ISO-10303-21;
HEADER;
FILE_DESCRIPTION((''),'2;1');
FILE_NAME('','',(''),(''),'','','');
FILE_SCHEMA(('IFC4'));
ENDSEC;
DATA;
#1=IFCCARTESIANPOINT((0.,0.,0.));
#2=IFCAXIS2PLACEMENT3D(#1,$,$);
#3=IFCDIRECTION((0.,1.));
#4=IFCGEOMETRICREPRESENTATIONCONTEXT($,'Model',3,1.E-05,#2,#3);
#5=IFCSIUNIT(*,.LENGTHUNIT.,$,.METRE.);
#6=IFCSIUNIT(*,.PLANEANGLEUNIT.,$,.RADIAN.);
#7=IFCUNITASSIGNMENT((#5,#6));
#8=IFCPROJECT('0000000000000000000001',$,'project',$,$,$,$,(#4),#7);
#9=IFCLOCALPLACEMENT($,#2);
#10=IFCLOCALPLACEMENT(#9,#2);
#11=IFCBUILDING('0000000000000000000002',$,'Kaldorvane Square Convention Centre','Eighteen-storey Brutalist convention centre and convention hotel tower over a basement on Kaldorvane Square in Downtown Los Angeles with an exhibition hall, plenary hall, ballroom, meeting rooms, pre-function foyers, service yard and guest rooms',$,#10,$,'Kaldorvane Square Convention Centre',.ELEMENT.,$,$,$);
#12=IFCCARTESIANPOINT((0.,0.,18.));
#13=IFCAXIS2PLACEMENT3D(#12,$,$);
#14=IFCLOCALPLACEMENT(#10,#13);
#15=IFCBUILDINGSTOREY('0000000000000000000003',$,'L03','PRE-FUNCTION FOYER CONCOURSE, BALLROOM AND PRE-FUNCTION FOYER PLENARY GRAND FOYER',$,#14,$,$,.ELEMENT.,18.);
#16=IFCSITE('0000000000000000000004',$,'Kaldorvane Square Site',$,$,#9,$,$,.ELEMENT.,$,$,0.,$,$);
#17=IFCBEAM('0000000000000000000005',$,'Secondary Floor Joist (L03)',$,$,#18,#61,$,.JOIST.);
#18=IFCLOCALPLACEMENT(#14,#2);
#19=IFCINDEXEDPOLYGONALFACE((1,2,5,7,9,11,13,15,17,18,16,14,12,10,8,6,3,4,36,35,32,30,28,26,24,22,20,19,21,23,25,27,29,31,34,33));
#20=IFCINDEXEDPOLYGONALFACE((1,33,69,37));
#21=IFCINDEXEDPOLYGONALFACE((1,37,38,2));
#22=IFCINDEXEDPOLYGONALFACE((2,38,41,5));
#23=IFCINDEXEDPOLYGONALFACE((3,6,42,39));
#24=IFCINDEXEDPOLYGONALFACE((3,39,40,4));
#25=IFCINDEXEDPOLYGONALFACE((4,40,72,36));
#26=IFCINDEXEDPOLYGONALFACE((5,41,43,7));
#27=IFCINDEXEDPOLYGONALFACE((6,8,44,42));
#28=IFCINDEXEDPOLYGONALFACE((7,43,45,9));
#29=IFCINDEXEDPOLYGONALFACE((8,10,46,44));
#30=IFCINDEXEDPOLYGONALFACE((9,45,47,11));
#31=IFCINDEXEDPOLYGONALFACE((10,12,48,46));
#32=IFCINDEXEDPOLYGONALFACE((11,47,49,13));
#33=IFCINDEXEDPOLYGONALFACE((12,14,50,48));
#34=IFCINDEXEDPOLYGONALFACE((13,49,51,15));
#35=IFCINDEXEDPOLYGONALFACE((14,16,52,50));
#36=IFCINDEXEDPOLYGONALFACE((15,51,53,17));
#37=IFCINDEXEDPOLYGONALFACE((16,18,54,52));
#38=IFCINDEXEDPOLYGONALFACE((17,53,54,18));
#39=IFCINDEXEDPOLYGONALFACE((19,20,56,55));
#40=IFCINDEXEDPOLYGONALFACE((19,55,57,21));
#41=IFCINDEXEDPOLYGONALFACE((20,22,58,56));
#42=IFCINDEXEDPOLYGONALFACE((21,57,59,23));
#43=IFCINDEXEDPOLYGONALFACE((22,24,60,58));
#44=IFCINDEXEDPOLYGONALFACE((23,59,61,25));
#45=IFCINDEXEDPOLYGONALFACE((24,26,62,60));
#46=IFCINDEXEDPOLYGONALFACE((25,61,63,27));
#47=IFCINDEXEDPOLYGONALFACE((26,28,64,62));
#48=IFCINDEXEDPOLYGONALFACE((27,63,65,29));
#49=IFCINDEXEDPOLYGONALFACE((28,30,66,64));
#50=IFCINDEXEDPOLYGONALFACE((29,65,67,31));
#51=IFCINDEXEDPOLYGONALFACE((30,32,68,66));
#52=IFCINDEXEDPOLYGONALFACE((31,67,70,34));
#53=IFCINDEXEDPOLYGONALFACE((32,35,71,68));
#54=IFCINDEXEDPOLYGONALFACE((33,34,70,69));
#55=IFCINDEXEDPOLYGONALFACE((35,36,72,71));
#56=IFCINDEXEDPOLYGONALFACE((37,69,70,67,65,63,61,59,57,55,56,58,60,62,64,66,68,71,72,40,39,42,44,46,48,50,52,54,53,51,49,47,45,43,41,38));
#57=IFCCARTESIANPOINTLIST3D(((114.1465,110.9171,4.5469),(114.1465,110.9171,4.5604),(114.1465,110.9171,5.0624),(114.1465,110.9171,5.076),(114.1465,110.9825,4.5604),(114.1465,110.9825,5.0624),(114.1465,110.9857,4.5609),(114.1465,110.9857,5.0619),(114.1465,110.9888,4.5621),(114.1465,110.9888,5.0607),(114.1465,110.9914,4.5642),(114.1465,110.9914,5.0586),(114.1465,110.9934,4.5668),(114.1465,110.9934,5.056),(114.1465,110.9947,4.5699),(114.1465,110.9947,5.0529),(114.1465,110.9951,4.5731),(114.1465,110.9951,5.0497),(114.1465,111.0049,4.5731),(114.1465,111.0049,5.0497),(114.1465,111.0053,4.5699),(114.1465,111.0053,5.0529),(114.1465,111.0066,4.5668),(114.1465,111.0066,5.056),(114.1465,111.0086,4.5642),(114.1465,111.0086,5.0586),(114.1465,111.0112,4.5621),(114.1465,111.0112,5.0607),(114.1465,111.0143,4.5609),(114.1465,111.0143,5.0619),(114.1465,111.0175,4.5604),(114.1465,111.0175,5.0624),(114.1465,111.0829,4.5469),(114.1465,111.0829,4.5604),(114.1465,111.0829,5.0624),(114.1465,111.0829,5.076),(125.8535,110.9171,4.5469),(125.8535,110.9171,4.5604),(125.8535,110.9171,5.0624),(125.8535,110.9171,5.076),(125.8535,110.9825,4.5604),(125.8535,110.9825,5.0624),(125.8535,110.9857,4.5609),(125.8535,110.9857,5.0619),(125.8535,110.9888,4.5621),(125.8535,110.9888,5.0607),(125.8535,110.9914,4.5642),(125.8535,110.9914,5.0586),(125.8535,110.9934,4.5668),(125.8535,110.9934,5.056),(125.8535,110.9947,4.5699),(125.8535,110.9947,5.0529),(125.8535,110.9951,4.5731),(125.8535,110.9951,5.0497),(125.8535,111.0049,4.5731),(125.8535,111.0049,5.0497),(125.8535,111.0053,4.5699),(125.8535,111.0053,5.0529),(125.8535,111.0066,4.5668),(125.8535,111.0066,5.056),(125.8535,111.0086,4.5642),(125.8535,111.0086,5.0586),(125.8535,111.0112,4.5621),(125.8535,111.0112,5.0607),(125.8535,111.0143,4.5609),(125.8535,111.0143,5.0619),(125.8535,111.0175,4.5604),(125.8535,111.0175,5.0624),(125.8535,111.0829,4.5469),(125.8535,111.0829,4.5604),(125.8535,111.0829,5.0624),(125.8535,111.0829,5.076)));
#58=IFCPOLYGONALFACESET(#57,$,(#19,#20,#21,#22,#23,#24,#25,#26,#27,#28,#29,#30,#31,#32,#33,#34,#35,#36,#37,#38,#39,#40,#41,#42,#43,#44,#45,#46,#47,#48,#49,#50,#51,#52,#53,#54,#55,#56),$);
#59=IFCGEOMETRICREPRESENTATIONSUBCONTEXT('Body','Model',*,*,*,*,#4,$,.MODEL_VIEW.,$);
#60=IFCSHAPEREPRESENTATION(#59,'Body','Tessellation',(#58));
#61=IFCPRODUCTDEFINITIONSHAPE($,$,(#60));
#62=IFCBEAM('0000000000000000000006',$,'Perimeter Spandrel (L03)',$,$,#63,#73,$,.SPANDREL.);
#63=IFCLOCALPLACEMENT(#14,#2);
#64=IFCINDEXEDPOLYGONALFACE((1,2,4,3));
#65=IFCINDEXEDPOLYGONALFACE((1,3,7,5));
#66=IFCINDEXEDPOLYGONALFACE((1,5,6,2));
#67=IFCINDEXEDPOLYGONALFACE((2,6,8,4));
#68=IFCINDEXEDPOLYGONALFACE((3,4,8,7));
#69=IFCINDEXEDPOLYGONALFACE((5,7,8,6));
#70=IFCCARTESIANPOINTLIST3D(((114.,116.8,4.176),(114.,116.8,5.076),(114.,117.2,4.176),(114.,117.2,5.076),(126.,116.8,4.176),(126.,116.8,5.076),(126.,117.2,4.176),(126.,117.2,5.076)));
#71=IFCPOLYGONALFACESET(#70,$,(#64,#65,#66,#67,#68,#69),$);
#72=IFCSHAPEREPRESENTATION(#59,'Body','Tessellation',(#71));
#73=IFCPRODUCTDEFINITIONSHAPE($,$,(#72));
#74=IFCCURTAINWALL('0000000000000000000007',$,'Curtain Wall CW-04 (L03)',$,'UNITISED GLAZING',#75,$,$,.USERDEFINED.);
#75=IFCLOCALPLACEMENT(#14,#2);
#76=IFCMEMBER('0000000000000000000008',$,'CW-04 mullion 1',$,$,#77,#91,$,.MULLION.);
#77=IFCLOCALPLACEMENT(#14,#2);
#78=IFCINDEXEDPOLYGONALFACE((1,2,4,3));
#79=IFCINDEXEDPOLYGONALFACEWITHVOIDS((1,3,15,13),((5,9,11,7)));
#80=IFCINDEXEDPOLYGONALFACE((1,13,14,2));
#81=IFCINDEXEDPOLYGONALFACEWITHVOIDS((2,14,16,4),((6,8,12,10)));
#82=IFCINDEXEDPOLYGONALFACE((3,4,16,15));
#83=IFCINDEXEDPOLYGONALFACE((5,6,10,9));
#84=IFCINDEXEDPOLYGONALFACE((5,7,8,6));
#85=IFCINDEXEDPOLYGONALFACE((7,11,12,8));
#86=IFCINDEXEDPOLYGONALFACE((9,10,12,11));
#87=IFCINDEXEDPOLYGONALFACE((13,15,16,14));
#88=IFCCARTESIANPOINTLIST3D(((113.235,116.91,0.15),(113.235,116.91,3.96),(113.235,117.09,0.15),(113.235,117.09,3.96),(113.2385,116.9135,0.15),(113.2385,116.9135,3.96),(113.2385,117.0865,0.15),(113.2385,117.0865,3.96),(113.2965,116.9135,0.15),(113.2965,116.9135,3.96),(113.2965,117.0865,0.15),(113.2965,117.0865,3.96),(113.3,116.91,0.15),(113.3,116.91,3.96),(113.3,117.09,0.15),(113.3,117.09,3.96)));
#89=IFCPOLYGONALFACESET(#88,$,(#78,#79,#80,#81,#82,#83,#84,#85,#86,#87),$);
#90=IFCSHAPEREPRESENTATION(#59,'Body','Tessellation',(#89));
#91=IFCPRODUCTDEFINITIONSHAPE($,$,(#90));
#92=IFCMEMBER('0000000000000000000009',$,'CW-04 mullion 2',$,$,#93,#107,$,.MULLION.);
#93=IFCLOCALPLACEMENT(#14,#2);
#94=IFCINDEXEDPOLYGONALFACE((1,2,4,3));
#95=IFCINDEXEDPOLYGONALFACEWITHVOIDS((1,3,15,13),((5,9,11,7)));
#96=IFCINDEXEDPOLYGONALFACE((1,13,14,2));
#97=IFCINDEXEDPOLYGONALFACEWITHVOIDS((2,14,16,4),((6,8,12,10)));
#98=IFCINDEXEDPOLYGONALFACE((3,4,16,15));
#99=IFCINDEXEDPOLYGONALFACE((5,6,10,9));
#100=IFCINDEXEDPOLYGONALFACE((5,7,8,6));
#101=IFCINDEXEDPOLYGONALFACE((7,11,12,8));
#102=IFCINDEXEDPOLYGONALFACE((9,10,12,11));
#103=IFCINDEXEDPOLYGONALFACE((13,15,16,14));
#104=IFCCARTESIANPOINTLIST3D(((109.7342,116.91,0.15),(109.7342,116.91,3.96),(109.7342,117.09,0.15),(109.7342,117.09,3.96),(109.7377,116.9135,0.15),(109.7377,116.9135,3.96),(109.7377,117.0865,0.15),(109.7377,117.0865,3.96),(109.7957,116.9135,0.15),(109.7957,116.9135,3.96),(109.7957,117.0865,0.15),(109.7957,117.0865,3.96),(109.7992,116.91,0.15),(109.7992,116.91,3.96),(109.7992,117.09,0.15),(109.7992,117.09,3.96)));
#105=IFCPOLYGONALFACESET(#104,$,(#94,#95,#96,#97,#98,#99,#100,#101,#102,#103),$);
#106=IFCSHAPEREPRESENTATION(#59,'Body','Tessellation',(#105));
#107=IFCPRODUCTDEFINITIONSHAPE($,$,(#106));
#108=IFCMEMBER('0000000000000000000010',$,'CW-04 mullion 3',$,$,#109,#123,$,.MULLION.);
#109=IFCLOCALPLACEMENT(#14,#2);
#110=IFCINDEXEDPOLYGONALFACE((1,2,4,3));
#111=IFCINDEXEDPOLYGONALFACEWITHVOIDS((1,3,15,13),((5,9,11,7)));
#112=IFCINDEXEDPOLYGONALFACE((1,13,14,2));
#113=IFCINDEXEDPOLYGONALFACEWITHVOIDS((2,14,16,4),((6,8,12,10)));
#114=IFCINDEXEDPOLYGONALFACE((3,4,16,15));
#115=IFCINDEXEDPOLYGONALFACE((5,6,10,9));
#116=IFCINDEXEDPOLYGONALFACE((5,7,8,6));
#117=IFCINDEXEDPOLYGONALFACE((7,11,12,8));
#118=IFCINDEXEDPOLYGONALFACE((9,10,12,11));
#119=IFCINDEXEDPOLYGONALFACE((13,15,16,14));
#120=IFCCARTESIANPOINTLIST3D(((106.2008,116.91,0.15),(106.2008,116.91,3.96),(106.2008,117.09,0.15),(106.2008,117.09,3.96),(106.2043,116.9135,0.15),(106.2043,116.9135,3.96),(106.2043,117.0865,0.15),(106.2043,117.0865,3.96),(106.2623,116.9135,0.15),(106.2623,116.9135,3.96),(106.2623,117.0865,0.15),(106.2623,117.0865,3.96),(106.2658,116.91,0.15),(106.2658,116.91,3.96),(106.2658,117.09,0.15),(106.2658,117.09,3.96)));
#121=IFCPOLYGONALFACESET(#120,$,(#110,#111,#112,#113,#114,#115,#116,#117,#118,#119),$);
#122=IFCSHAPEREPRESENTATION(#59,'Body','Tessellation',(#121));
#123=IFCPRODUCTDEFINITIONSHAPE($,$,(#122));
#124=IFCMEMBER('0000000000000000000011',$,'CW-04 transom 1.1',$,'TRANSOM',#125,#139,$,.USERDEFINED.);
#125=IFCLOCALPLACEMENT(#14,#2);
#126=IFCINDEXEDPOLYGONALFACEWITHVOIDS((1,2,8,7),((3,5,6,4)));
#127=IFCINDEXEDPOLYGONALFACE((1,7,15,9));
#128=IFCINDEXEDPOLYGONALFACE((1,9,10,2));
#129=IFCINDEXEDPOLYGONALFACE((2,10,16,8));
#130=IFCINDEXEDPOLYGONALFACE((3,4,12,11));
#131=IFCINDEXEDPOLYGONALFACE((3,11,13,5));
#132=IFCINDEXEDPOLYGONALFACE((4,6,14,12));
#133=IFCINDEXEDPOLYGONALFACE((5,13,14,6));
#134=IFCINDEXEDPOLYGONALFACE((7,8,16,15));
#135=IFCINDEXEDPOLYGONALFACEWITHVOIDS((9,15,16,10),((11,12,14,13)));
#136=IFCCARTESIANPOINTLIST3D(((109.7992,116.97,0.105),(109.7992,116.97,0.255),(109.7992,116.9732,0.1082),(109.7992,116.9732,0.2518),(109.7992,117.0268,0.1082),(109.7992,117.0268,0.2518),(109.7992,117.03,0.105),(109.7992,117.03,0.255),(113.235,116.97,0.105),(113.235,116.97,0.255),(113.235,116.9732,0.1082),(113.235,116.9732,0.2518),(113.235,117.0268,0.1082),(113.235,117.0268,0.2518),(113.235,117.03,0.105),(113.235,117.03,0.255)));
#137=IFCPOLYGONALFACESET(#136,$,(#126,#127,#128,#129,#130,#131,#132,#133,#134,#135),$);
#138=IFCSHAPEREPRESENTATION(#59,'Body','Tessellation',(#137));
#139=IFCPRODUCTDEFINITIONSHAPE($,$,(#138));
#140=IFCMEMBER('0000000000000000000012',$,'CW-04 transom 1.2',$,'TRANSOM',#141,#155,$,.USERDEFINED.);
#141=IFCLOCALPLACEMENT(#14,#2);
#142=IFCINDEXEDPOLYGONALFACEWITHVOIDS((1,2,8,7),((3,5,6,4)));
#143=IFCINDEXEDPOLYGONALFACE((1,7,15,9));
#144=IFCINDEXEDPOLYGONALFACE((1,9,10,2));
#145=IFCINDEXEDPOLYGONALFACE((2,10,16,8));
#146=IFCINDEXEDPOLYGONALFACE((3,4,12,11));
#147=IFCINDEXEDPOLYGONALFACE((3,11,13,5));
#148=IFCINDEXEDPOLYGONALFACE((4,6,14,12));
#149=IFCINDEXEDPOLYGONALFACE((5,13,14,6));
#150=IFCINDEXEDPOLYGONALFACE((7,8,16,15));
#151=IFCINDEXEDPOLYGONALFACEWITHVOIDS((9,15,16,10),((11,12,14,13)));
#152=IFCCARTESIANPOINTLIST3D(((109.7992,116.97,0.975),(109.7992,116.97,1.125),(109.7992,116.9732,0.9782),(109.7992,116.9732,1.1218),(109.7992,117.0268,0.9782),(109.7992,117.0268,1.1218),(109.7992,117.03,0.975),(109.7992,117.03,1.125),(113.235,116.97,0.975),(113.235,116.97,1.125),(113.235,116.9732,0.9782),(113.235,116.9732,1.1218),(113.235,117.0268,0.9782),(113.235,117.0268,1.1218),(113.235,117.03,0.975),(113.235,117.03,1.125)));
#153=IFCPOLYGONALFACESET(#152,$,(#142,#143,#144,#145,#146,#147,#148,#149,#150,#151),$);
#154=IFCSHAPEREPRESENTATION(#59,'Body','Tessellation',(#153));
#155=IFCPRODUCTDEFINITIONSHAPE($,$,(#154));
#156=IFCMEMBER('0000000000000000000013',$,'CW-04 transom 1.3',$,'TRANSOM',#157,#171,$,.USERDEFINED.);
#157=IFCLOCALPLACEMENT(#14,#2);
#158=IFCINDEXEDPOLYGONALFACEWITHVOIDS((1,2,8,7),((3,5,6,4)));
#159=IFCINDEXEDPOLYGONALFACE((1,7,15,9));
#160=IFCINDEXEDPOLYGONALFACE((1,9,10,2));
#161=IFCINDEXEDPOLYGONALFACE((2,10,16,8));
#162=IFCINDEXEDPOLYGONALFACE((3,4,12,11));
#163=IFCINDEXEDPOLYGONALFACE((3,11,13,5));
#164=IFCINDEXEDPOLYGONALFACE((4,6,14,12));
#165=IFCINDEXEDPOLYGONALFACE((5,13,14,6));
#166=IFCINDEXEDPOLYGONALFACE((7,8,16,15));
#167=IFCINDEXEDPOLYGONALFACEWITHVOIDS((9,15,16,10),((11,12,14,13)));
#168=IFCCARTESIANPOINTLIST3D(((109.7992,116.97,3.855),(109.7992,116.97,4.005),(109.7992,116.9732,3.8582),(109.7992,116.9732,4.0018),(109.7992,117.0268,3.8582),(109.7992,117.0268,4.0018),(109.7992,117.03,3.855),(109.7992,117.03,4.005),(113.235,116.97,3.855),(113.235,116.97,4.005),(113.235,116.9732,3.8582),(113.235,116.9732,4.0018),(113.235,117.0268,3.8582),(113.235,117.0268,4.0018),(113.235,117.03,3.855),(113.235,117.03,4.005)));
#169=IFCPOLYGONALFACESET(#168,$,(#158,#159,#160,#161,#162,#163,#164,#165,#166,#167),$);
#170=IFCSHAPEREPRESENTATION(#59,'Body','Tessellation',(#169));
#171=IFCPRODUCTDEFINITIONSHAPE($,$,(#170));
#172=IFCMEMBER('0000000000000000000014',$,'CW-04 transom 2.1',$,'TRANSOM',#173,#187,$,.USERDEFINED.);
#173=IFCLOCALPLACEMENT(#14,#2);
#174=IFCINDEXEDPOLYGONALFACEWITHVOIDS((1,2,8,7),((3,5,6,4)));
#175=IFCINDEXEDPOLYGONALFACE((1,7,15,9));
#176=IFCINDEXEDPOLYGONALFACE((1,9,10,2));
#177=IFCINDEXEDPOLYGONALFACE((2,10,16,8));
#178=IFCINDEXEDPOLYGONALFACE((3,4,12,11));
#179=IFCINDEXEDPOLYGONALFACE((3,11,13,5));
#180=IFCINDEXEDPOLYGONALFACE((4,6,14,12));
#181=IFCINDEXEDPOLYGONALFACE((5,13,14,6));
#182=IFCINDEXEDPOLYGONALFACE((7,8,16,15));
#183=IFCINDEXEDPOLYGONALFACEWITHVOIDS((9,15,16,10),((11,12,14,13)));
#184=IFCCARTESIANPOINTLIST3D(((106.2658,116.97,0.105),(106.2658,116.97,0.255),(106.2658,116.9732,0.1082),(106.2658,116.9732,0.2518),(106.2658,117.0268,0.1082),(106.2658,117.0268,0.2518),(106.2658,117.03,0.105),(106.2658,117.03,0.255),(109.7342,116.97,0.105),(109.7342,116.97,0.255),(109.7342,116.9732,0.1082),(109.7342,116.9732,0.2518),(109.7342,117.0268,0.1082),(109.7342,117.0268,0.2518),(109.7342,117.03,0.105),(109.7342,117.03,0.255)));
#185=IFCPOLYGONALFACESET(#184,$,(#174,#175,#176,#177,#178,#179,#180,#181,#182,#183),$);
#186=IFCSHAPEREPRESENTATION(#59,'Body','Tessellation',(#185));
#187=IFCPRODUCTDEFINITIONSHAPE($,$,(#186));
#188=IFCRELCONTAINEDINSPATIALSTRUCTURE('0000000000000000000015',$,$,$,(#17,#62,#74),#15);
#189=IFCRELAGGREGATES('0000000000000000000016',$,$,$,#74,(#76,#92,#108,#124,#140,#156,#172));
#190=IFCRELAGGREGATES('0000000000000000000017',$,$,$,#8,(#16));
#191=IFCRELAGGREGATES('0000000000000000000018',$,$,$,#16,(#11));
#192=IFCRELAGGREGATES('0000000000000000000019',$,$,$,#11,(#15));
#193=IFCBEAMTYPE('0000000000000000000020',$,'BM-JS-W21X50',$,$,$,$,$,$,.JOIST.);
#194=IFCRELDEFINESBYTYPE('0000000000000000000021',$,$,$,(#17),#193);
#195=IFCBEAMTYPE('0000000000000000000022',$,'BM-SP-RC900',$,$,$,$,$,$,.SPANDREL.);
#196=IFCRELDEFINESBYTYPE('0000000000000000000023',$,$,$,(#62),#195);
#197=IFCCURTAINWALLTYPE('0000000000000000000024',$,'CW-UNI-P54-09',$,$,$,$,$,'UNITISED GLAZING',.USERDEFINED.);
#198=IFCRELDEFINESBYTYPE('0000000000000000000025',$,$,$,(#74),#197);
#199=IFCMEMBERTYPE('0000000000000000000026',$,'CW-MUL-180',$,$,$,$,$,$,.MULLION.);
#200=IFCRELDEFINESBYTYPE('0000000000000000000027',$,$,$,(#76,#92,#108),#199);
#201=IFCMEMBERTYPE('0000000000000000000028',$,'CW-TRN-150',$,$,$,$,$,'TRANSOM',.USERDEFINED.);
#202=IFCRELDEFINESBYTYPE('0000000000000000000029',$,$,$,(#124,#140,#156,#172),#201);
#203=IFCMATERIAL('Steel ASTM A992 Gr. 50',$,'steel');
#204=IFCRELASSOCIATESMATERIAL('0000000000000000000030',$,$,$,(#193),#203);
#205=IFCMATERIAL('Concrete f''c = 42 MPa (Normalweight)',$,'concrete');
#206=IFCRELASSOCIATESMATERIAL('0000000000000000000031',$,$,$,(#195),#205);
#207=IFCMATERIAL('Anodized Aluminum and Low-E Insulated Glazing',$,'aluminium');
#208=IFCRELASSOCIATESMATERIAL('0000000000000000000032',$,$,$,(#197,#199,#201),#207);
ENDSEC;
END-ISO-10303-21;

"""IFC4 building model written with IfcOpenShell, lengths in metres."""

from ifc_helpers import new_model, si_unit, direction, frame, origin, origin_2d, place, context, subcontext, project, spatial, rectangle, hollow_rectangle, i_section, extrude, material, material_profile, profile_set, type_object, element, aggregate, save


model = new_model("IFC4")

# Units and contexts
model_context = context("Model", 3, precision=1e-05, world=origin(), true_north=direction((0.0, 1.0)))
body_context = subcontext(model_context, "Body", "Model", "MODEL_VIEW")
ifc_project = project(units=[si_unit("LENGTHUNIT", "METRE"), si_unit("PLANEANGLEUNIT", "RADIAN")], contexts=[model_context])

# Site, building, storey
site_placement = place(None, origin())
site = spatial("IfcSite", under=ifc_project, at=site_placement, Name="Kaldorvane Square Site", CompositionType="ELEMENT", RefElevation=0.0)
building_placement = place(site_placement, origin())
building = spatial("IfcBuilding", under=site, at=building_placement, Name="Kaldorvane Square Convention Centre", Description="Eighteen-storey Brutalist convention centre and convention hotel tower over a basement on Kaldorvane Square in Downtown Los Angeles with an exhibition hall, plenary hall, ballroom, meeting rooms, pre-function foyers, service yard and guest rooms", LongName="Kaldorvane Square Convention Centre", CompositionType="ELEMENT")
storey_placement = place(building_placement, frame((0.0, 0.0, 18.0)))
storey = spatial("IfcBuildingStorey", under=building, at=storey_placement, Name="L03", Description="PRE-FUNCTION FOYER CONCOURSE, BALLROOM AND PRE-FUNCTION FOYER PLENARY GRAND FOYER", CompositionType="ELEMENT", Elevation=18.0)

# Shared definitions
ifc_material_1 = material(Name="Steel ASTM A992 Gr. 50", Category="steel")

# Beams
ifc_material_profile_1 = material_profile(ifc_material_1, i_section(OverallWidth=0.1659, OverallDepth=0.5291, WebThickness=0.0097, FlangeThickness=0.0136, FilletRadius=0.0127, at=origin_2d()), Name="W21X50")
ifc_profile_set_1 = profile_set([ifc_material_profile_1], Name="Steel ASTM A992 Gr. 50")
beam_type_1 = type_object("IfcBeamType", Name="BM-JS-W21X50", PredefinedType="JOIST", material=ifc_profile_set_1)
beam_1_placement = place(storey_placement, frame((114.1465, 111.0, 4.8114), z_axis=(1.0, 0.0, 0.0), x_axis=(0.0, 1.0, 0.0)))
element("IfcBeam", 1, at=beam_1_placement, inside=storey, type_object=beam_type_1, Name="Secondary Floor Joist (L03)", PredefinedType="JOIST", context=body_context, shape_type="SweptSolid", body=[
    extrude(i_section(OverallWidth=0.1659, OverallDepth=0.5291, WebThickness=0.0097, FlangeThickness=0.0136, FilletRadius=0.0127, at=origin_2d()), origin(), (0.0, 0.0, 1.0), 11.707),
])
ifc_material_2 = material(Name="Concrete f'c = 42 MPa (Normalweight)", Category="concrete")
ifc_material_profile_2 = material_profile(ifc_material_2, rectangle(XDim=0.4, YDim=0.9, at=origin_2d()), Name="RCSP900X400")
ifc_profile_set_2 = profile_set([ifc_material_profile_2], Name="Concrete f'c = 42 MPa (Normalweight)")
beam_type_2 = type_object("IfcBeamType", Name="BM-SP-RC900", PredefinedType="SPANDREL", material=ifc_profile_set_2)
beam_2_placement = place(storey_placement, frame((114.0, 117.0, 4.626), z_axis=(1.0, 0.0, 0.0), x_axis=(0.0, 1.0, 0.0)))
element("IfcBeam", 2, at=beam_2_placement, inside=storey, type_object=beam_type_2, Name="Perimeter Spandrel (L03)", PredefinedType="SPANDREL", context=body_context, shape_type="SweptSolid", body=[
    extrude(rectangle(XDim=0.4, YDim=0.9, at=origin_2d()), origin(), (0.0, 0.0, 1.0), 12.0),
])

# Curtain wall, members
ifc_material_3 = material(Name="Anodized Aluminum and Low-E Insulated Glazing", Category="aluminium")
curtain_wall_type = type_object("IfcCurtainWallType", Name="CW-UNI-P54-09", ElementType="UNITISED GLAZING", PredefinedType="USERDEFINED", material=ifc_material_3)
curtain_wall_placement = place(storey_placement, origin())
curtain_wall = element("IfcCurtainWall", 3, at=curtain_wall_placement, inside=storey, type_object=curtain_wall_type, Name="Curtain Wall CW-04 (L03)", ObjectType="UNITISED GLAZING", PredefinedType="USERDEFINED")
ifc_material_profile_3 = material_profile(ifc_material_3, hollow_rectangle(XDim=0.065, YDim=0.18, WallThickness=0.0035, at=origin_2d()), Name="CWM-180X65")
ifc_profile_set_3 = profile_set([ifc_material_profile_3], Name="Anodized Aluminum and Low-E Insulated Glazing")
member_type_1 = type_object("IfcMemberType", Name="CW-MUL-180", PredefinedType="MULLION", material=ifc_profile_set_3)
member_1_placement = place(storey_placement, frame((113.2675, 117.0, 0.15), z_axis=(0.0, 0.0, 1.0), x_axis=(-1.0, 0.0, 0.0)))
member_1 = element("IfcMember", 4, at=member_1_placement, type_object=member_type_1, Name="CW-04 mullion 1", PredefinedType="MULLION", context=body_context, shape_type="SweptSolid", body=[
    extrude(hollow_rectangle(XDim=0.065, YDim=0.18, WallThickness=0.0035, at=origin_2d()), origin(), (0.0, 0.0, 1.0), 3.81),
])
member_2_placement = place(storey_placement, frame((109.7667, 117.0, 0.15), z_axis=(0.0, 0.0, 1.0), x_axis=(-1.0, 0.0, 0.0)))
member_2 = element("IfcMember", 5, at=member_2_placement, type_object=member_type_1, Name="CW-04 mullion 2", PredefinedType="MULLION", context=body_context, shape_type="SweptSolid", body=[
    extrude(hollow_rectangle(XDim=0.065, YDim=0.18, WallThickness=0.0035, at=origin_2d()), origin(), (0.0, 0.0, 1.0), 3.81),
])
member_3_placement = place(storey_placement, frame((106.2333, 117.0, 0.15), z_axis=(0.0, 0.0, 1.0), x_axis=(-1.0, 0.0, 0.0)))
member_3 = element("IfcMember", 6, at=member_3_placement, type_object=member_type_1, Name="CW-04 mullion 3", PredefinedType="MULLION", context=body_context, shape_type="SweptSolid", body=[
    extrude(hollow_rectangle(XDim=0.065, YDim=0.18, WallThickness=0.0035, at=origin_2d()), origin(), (0.0, 0.0, 1.0), 3.81),
])
ifc_material_profile_4 = material_profile(ifc_material_3, hollow_rectangle(XDim=0.06, YDim=0.15, WallThickness=0.0032, at=origin_2d()), Name="CWT-150X60")
ifc_profile_set_4 = profile_set([ifc_material_profile_4], Name="Anodized Aluminum and Low-E Insulated Glazing")
member_type_2 = type_object("IfcMemberType", Name="CW-TRN-150", ElementType="TRANSOM", PredefinedType="USERDEFINED", material=ifc_profile_set_4)
member_4_placement = place(storey_placement, frame((113.235, 117.0, 0.18), z_axis=(-1.0, 0.0, 0.0), x_axis=(0.0, -1.0, 0.0)))
member_4 = element("IfcMember", 7, at=member_4_placement, type_object=member_type_2, Name="CW-04 transom 1.1", ObjectType="TRANSOM", PredefinedType="USERDEFINED", context=body_context, shape_type="SweptSolid", body=[
    extrude(hollow_rectangle(XDim=0.06, YDim=0.15, WallThickness=0.0032, at=origin_2d()), origin(), (0.0, 0.0, 1.0), 3.4358),
])
member_5_placement = place(storey_placement, frame((113.235, 117.0, 1.05), z_axis=(-1.0, 0.0, 0.0), x_axis=(0.0, -1.0, 0.0)))
member_5 = element("IfcMember", 8, at=member_5_placement, type_object=member_type_2, Name="CW-04 transom 1.2", ObjectType="TRANSOM", PredefinedType="USERDEFINED", context=body_context, shape_type="SweptSolid", body=[
    extrude(hollow_rectangle(XDim=0.06, YDim=0.15, WallThickness=0.0032, at=origin_2d()), origin(), (0.0, 0.0, 1.0), 3.4358),
])
member_6_placement = place(storey_placement, frame((113.235, 117.0, 3.93), z_axis=(-1.0, 0.0, 0.0), x_axis=(0.0, -1.0, 0.0)))
member_6 = element("IfcMember", 9, at=member_6_placement, type_object=member_type_2, Name="CW-04 transom 1.3", ObjectType="TRANSOM", PredefinedType="USERDEFINED", context=body_context, shape_type="SweptSolid", body=[
    extrude(hollow_rectangle(XDim=0.06, YDim=0.15, WallThickness=0.0032, at=origin_2d()), origin(), (0.0, 0.0, 1.0), 3.4358),
])
member_7_placement = place(storey_placement, frame((109.7342, 117.0, 0.18), z_axis=(-1.0, 0.0, 0.0), x_axis=(0.0, -1.0, 0.0)))
member_7 = element("IfcMember", 10, at=member_7_placement, type_object=member_type_2, Name="CW-04 transom 2.1", ObjectType="TRANSOM", PredefinedType="USERDEFINED", context=body_context, shape_type="SweptSolid", body=[
    extrude(hollow_rectangle(XDim=0.06, YDim=0.15, WallThickness=0.0032, at=origin_2d()), origin(), (0.0, 0.0, 1.0), 3.4683),
])
aggregate(curtain_wall, [member_1, member_2, member_3, member_4, member_5, member_6, member_7])

save(model, "model.ifc")
